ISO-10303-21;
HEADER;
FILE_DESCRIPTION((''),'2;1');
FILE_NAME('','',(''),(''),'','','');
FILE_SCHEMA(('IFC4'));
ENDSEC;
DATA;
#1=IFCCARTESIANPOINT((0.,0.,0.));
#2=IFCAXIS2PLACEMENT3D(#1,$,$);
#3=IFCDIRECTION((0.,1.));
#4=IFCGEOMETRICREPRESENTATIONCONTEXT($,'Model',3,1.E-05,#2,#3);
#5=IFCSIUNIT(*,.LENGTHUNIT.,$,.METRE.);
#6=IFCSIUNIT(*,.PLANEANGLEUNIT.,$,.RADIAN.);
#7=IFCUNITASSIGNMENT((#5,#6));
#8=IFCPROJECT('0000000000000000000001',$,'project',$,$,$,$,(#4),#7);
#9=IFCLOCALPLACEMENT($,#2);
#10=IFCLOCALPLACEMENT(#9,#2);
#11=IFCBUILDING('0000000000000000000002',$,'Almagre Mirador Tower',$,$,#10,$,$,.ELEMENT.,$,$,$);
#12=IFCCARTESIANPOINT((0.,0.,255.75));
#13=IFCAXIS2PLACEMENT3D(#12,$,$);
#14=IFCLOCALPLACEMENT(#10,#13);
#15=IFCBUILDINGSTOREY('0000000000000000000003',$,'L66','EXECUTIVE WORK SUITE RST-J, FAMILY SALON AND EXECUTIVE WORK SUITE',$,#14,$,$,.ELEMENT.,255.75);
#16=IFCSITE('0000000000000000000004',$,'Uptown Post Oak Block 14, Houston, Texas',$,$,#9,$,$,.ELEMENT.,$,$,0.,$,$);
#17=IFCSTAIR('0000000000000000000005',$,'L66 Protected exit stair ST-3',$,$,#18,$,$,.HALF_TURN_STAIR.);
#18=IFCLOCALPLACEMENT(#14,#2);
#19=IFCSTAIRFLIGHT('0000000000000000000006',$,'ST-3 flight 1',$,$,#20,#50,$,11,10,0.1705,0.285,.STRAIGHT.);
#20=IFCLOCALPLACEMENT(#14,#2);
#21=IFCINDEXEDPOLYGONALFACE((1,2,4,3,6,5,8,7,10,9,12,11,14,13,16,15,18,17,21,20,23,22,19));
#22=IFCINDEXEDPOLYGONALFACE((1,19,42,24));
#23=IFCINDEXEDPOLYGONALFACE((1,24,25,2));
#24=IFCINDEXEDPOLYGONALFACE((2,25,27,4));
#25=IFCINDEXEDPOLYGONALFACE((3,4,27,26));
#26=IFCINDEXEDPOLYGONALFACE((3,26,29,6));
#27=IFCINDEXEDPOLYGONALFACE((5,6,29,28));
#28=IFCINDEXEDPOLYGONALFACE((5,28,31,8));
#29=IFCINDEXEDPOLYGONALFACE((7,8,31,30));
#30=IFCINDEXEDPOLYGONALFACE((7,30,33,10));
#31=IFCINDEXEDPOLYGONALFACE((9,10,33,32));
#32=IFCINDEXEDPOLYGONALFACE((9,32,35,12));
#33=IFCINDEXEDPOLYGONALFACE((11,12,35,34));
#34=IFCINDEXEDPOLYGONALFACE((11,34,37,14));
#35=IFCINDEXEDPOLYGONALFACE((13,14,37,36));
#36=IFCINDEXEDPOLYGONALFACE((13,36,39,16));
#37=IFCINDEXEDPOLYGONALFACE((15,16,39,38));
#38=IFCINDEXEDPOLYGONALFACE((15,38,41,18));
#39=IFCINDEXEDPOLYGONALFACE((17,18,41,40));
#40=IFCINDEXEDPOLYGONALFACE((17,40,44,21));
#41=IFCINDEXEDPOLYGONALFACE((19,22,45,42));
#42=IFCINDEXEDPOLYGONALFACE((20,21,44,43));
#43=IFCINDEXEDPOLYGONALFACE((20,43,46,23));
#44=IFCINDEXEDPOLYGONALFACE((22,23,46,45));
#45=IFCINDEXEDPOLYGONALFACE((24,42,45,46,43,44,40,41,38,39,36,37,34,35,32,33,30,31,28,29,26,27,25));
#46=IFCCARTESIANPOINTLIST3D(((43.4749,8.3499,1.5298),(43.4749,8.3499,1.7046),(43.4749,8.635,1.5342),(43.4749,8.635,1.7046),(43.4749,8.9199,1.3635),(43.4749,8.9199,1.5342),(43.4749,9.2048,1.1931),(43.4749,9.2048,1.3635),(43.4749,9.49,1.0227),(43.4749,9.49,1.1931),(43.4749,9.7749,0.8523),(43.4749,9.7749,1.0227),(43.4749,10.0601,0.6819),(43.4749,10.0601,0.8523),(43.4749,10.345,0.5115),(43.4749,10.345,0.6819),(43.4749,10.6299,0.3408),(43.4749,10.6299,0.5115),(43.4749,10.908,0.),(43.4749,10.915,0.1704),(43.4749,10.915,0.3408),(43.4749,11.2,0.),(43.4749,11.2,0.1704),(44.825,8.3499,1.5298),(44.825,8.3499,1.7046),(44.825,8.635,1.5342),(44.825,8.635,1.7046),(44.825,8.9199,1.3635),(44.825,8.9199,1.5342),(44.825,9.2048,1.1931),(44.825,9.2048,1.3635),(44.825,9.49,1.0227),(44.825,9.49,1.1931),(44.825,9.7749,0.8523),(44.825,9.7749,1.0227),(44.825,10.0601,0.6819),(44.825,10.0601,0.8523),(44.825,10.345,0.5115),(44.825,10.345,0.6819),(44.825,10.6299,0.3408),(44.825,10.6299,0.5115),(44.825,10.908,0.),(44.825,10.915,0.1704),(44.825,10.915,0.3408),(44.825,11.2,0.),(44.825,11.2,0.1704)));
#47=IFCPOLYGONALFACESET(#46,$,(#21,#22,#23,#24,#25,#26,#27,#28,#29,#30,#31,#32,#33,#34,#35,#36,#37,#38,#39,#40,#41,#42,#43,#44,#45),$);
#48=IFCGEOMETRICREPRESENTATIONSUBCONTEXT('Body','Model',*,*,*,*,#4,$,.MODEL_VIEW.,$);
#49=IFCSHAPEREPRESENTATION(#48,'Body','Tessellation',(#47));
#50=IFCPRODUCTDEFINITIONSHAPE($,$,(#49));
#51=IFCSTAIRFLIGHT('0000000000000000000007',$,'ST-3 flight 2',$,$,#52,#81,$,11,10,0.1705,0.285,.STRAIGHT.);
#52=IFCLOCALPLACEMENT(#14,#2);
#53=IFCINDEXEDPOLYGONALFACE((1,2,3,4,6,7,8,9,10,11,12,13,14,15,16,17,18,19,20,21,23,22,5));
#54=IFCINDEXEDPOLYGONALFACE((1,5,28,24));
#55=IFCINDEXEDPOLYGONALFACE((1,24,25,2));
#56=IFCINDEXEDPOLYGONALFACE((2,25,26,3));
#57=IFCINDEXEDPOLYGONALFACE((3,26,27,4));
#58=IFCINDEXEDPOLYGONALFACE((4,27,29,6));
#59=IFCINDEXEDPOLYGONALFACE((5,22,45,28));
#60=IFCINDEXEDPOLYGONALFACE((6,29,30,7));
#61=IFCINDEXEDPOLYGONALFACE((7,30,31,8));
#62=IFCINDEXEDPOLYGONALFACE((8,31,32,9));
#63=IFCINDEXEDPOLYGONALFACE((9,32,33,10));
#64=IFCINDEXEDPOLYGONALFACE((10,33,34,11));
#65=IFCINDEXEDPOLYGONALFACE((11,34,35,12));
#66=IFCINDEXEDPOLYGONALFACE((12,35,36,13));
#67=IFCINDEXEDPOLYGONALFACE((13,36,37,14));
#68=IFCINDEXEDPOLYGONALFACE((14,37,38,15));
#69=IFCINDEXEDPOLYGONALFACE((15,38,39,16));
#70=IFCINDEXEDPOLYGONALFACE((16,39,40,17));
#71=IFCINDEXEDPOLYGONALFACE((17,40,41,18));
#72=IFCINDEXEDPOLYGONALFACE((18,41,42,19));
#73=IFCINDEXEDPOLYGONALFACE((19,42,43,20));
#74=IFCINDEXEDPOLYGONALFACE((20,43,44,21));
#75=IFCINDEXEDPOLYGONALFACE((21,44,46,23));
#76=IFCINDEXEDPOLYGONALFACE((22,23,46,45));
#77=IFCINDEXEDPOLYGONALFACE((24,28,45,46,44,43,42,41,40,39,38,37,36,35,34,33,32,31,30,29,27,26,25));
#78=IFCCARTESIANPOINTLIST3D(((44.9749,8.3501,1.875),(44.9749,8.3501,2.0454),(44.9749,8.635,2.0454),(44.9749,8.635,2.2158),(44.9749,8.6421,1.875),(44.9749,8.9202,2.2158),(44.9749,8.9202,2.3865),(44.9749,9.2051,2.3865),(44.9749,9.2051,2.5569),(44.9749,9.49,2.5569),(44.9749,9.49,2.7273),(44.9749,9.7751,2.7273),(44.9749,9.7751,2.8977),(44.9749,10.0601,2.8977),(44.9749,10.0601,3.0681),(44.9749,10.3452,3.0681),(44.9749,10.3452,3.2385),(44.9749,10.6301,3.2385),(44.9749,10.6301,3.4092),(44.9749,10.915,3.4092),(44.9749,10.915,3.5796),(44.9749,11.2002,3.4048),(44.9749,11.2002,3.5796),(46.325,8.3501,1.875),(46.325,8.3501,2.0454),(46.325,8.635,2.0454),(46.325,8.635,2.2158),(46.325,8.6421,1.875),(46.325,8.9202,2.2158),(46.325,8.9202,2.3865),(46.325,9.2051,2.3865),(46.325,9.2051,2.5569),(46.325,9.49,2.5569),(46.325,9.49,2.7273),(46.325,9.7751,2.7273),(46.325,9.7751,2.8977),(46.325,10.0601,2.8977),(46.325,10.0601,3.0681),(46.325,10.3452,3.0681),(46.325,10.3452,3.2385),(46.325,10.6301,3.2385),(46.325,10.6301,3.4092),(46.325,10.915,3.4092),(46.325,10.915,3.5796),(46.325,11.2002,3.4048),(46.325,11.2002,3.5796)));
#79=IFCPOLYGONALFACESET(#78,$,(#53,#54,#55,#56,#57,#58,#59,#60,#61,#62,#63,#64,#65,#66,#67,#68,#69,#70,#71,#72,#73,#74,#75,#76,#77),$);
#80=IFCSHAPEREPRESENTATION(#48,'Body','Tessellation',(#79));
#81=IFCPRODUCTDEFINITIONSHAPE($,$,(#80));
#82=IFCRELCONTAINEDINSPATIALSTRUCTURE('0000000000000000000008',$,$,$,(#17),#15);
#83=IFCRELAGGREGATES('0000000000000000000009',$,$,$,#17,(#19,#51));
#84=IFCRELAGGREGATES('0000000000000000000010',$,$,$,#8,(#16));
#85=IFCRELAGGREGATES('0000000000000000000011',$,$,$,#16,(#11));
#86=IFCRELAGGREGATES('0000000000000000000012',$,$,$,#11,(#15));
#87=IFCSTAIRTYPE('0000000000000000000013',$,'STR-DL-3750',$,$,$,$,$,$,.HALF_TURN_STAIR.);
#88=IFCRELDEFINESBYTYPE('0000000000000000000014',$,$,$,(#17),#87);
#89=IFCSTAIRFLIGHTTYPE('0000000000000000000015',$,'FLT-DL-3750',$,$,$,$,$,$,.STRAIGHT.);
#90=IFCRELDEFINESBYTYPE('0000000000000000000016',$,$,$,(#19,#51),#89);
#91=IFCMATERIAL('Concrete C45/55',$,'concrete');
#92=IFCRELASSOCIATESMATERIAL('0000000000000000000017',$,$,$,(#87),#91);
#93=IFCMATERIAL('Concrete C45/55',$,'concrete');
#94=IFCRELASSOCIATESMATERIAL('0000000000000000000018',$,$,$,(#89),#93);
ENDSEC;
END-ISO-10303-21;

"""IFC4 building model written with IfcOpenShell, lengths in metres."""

from ifc_helpers import new_model, si_unit, direction, frame, origin, place, context, subcontext, project, spatial, polyline, outline, extrude, material, type_object, element, aggregate, save


model = new_model("IFC4")

# Units and contexts
model_context = context("Model", 3, precision=1e-05, world=origin(), true_north=direction((0.0, 1.0)))
body_context = subcontext(model_context, "Body", "Model", "MODEL_VIEW")
ifc_project = project(units=[si_unit("LENGTHUNIT", "METRE"), si_unit("PLANEANGLEUNIT", "RADIAN")], contexts=[model_context])

# Site, building, storey
site_placement = place(None, origin())
site = spatial("IfcSite", under=ifc_project, at=site_placement, Name="Uptown Post Oak Block 14, Houston, Texas", CompositionType="ELEMENT", RefElevation=0.0)
building_placement = place(site_placement, origin())
building = spatial("IfcBuilding", under=site, at=building_placement, Name="Almagre Mirador Tower", CompositionType="ELEMENT")
storey_placement = place(building_placement, frame((0.0, 0.0, 255.75)))
storey = spatial("IfcBuildingStorey", under=building, at=storey_placement, Name="L66", Description="EXECUTIVE WORK SUITE RST-J, FAMILY SALON AND EXECUTIVE WORK SUITE", CompositionType="ELEMENT", Elevation=255.75)

# Stair, stair flights
ifc_material_1 = material(Name="Concrete C45/55", Category="concrete")
stair_type = type_object("IfcStairType", Name="STR-DL-3750", PredefinedType="HALF_TURN_STAIR", material=ifc_material_1)
ifc_material_2 = material(Name="Concrete C45/55", Category="concrete")
stair_flight_type = type_object("IfcStairFlightType", Name="FLT-DL-3750", PredefinedType="STRAIGHT", material=ifc_material_2)
stair_1_placement = place(storey_placement, origin())
stair_1 = element("IfcStair", 1, at=stair_1_placement, inside=storey, type_object=stair_type, Name="L66 Protected exit stair ST-3", PredefinedType="HALF_TURN_STAIR")
stair_flight_1_placement = place(storey_placement, frame((44.1499, 11.2, 0.0), z_axis=(0.0, 0.0, 1.0), x_axis=(0.0, -1.0, 0.0)))
stair_flight_1 = element("IfcStairFlight", 2, at=stair_flight_1_placement, type_object=stair_flight_type, Name="ST-3 flight 1", NumberOfRisers=11, NumberOfTreads=10, PredefinedType="STRAIGHT", RiserHeight=0.1705, TreadLength=0.285, context=body_context, shape_type="SweptSolid", body=[
    extrude(outline(polyline([(0.0, 0.0), (0.0, 0.1704), (0.2849, 0.1704), (0.2849, 0.3408), (0.5701, 0.3408), (0.5701, 0.5115), (0.855, 0.5115), (0.855, 0.6819), (1.1399, 0.6819), (1.1399, 0.8523), (1.425, 0.8523), (1.425, 1.0227), (1.71, 1.0227), (1.71, 1.1931), (1.9951, 1.1931), (1.9951, 1.3635), (2.28, 1.3635), (2.28, 1.5342), (2.5649, 1.5342), (2.5649, 1.7046), (2.8501, 1.7046), (2.8501, 1.875), (2.8501, 1.5298), (0.292, 0.0), (0.0, 0.0)])), frame((0.0, 0.675, 0.0), z_axis=(0.0, -1.0, 0.0), x_axis=(1.0, 0.0, 0.0)), (0.0, 0.0, 1.0), 1.3501),
])
stair_flight_2_placement = place(storey_placement, frame((45.6499, 8.3501, 1.875), z_axis=(0.0, 0.0, 1.0), x_axis=(0.0, 1.0, 0.0)))
stair_flight_2 = element("IfcStairFlight", 3, at=stair_flight_2_placement, type_object=stair_flight_type, Name="ST-3 flight 2", NumberOfRisers=11, NumberOfTreads=10, PredefinedType="STRAIGHT", RiserHeight=0.1705, TreadLength=0.285, context=body_context, shape_type="SweptSolid", body=[
    extrude(outline(polyline([(0.0, 0.0), (0.0, 0.1704), (0.2849, 0.1704), (0.2849, 0.3408), (0.5701, 0.3408), (0.5701, 0.5115), (0.855, 0.5115), (0.855, 0.6819), (1.1399, 0.6819), (1.1399, 0.8523), (1.425, 0.8523), (1.425, 1.0227), (1.71, 1.0227), (1.71, 1.1931), (1.9951, 1.1931), (1.9951, 1.3635), (2.28, 1.3635), (2.28, 1.5342), (2.5649, 1.5342), (2.5649, 1.7046), (2.8501, 1.7046), (2.8501, 1.875), (2.8501, 1.5298), (0.292, 0.0), (0.0, 0.0)])), frame((0.0, 0.675, 0.0), z_axis=(0.0, -1.0, 0.0), x_axis=(1.0, 0.0, 0.0)), (0.0, 0.0, 1.0), 1.3501),
])
aggregate(stair_1, [stair_flight_1, stair_flight_2])

save(model, "model.ifc")
